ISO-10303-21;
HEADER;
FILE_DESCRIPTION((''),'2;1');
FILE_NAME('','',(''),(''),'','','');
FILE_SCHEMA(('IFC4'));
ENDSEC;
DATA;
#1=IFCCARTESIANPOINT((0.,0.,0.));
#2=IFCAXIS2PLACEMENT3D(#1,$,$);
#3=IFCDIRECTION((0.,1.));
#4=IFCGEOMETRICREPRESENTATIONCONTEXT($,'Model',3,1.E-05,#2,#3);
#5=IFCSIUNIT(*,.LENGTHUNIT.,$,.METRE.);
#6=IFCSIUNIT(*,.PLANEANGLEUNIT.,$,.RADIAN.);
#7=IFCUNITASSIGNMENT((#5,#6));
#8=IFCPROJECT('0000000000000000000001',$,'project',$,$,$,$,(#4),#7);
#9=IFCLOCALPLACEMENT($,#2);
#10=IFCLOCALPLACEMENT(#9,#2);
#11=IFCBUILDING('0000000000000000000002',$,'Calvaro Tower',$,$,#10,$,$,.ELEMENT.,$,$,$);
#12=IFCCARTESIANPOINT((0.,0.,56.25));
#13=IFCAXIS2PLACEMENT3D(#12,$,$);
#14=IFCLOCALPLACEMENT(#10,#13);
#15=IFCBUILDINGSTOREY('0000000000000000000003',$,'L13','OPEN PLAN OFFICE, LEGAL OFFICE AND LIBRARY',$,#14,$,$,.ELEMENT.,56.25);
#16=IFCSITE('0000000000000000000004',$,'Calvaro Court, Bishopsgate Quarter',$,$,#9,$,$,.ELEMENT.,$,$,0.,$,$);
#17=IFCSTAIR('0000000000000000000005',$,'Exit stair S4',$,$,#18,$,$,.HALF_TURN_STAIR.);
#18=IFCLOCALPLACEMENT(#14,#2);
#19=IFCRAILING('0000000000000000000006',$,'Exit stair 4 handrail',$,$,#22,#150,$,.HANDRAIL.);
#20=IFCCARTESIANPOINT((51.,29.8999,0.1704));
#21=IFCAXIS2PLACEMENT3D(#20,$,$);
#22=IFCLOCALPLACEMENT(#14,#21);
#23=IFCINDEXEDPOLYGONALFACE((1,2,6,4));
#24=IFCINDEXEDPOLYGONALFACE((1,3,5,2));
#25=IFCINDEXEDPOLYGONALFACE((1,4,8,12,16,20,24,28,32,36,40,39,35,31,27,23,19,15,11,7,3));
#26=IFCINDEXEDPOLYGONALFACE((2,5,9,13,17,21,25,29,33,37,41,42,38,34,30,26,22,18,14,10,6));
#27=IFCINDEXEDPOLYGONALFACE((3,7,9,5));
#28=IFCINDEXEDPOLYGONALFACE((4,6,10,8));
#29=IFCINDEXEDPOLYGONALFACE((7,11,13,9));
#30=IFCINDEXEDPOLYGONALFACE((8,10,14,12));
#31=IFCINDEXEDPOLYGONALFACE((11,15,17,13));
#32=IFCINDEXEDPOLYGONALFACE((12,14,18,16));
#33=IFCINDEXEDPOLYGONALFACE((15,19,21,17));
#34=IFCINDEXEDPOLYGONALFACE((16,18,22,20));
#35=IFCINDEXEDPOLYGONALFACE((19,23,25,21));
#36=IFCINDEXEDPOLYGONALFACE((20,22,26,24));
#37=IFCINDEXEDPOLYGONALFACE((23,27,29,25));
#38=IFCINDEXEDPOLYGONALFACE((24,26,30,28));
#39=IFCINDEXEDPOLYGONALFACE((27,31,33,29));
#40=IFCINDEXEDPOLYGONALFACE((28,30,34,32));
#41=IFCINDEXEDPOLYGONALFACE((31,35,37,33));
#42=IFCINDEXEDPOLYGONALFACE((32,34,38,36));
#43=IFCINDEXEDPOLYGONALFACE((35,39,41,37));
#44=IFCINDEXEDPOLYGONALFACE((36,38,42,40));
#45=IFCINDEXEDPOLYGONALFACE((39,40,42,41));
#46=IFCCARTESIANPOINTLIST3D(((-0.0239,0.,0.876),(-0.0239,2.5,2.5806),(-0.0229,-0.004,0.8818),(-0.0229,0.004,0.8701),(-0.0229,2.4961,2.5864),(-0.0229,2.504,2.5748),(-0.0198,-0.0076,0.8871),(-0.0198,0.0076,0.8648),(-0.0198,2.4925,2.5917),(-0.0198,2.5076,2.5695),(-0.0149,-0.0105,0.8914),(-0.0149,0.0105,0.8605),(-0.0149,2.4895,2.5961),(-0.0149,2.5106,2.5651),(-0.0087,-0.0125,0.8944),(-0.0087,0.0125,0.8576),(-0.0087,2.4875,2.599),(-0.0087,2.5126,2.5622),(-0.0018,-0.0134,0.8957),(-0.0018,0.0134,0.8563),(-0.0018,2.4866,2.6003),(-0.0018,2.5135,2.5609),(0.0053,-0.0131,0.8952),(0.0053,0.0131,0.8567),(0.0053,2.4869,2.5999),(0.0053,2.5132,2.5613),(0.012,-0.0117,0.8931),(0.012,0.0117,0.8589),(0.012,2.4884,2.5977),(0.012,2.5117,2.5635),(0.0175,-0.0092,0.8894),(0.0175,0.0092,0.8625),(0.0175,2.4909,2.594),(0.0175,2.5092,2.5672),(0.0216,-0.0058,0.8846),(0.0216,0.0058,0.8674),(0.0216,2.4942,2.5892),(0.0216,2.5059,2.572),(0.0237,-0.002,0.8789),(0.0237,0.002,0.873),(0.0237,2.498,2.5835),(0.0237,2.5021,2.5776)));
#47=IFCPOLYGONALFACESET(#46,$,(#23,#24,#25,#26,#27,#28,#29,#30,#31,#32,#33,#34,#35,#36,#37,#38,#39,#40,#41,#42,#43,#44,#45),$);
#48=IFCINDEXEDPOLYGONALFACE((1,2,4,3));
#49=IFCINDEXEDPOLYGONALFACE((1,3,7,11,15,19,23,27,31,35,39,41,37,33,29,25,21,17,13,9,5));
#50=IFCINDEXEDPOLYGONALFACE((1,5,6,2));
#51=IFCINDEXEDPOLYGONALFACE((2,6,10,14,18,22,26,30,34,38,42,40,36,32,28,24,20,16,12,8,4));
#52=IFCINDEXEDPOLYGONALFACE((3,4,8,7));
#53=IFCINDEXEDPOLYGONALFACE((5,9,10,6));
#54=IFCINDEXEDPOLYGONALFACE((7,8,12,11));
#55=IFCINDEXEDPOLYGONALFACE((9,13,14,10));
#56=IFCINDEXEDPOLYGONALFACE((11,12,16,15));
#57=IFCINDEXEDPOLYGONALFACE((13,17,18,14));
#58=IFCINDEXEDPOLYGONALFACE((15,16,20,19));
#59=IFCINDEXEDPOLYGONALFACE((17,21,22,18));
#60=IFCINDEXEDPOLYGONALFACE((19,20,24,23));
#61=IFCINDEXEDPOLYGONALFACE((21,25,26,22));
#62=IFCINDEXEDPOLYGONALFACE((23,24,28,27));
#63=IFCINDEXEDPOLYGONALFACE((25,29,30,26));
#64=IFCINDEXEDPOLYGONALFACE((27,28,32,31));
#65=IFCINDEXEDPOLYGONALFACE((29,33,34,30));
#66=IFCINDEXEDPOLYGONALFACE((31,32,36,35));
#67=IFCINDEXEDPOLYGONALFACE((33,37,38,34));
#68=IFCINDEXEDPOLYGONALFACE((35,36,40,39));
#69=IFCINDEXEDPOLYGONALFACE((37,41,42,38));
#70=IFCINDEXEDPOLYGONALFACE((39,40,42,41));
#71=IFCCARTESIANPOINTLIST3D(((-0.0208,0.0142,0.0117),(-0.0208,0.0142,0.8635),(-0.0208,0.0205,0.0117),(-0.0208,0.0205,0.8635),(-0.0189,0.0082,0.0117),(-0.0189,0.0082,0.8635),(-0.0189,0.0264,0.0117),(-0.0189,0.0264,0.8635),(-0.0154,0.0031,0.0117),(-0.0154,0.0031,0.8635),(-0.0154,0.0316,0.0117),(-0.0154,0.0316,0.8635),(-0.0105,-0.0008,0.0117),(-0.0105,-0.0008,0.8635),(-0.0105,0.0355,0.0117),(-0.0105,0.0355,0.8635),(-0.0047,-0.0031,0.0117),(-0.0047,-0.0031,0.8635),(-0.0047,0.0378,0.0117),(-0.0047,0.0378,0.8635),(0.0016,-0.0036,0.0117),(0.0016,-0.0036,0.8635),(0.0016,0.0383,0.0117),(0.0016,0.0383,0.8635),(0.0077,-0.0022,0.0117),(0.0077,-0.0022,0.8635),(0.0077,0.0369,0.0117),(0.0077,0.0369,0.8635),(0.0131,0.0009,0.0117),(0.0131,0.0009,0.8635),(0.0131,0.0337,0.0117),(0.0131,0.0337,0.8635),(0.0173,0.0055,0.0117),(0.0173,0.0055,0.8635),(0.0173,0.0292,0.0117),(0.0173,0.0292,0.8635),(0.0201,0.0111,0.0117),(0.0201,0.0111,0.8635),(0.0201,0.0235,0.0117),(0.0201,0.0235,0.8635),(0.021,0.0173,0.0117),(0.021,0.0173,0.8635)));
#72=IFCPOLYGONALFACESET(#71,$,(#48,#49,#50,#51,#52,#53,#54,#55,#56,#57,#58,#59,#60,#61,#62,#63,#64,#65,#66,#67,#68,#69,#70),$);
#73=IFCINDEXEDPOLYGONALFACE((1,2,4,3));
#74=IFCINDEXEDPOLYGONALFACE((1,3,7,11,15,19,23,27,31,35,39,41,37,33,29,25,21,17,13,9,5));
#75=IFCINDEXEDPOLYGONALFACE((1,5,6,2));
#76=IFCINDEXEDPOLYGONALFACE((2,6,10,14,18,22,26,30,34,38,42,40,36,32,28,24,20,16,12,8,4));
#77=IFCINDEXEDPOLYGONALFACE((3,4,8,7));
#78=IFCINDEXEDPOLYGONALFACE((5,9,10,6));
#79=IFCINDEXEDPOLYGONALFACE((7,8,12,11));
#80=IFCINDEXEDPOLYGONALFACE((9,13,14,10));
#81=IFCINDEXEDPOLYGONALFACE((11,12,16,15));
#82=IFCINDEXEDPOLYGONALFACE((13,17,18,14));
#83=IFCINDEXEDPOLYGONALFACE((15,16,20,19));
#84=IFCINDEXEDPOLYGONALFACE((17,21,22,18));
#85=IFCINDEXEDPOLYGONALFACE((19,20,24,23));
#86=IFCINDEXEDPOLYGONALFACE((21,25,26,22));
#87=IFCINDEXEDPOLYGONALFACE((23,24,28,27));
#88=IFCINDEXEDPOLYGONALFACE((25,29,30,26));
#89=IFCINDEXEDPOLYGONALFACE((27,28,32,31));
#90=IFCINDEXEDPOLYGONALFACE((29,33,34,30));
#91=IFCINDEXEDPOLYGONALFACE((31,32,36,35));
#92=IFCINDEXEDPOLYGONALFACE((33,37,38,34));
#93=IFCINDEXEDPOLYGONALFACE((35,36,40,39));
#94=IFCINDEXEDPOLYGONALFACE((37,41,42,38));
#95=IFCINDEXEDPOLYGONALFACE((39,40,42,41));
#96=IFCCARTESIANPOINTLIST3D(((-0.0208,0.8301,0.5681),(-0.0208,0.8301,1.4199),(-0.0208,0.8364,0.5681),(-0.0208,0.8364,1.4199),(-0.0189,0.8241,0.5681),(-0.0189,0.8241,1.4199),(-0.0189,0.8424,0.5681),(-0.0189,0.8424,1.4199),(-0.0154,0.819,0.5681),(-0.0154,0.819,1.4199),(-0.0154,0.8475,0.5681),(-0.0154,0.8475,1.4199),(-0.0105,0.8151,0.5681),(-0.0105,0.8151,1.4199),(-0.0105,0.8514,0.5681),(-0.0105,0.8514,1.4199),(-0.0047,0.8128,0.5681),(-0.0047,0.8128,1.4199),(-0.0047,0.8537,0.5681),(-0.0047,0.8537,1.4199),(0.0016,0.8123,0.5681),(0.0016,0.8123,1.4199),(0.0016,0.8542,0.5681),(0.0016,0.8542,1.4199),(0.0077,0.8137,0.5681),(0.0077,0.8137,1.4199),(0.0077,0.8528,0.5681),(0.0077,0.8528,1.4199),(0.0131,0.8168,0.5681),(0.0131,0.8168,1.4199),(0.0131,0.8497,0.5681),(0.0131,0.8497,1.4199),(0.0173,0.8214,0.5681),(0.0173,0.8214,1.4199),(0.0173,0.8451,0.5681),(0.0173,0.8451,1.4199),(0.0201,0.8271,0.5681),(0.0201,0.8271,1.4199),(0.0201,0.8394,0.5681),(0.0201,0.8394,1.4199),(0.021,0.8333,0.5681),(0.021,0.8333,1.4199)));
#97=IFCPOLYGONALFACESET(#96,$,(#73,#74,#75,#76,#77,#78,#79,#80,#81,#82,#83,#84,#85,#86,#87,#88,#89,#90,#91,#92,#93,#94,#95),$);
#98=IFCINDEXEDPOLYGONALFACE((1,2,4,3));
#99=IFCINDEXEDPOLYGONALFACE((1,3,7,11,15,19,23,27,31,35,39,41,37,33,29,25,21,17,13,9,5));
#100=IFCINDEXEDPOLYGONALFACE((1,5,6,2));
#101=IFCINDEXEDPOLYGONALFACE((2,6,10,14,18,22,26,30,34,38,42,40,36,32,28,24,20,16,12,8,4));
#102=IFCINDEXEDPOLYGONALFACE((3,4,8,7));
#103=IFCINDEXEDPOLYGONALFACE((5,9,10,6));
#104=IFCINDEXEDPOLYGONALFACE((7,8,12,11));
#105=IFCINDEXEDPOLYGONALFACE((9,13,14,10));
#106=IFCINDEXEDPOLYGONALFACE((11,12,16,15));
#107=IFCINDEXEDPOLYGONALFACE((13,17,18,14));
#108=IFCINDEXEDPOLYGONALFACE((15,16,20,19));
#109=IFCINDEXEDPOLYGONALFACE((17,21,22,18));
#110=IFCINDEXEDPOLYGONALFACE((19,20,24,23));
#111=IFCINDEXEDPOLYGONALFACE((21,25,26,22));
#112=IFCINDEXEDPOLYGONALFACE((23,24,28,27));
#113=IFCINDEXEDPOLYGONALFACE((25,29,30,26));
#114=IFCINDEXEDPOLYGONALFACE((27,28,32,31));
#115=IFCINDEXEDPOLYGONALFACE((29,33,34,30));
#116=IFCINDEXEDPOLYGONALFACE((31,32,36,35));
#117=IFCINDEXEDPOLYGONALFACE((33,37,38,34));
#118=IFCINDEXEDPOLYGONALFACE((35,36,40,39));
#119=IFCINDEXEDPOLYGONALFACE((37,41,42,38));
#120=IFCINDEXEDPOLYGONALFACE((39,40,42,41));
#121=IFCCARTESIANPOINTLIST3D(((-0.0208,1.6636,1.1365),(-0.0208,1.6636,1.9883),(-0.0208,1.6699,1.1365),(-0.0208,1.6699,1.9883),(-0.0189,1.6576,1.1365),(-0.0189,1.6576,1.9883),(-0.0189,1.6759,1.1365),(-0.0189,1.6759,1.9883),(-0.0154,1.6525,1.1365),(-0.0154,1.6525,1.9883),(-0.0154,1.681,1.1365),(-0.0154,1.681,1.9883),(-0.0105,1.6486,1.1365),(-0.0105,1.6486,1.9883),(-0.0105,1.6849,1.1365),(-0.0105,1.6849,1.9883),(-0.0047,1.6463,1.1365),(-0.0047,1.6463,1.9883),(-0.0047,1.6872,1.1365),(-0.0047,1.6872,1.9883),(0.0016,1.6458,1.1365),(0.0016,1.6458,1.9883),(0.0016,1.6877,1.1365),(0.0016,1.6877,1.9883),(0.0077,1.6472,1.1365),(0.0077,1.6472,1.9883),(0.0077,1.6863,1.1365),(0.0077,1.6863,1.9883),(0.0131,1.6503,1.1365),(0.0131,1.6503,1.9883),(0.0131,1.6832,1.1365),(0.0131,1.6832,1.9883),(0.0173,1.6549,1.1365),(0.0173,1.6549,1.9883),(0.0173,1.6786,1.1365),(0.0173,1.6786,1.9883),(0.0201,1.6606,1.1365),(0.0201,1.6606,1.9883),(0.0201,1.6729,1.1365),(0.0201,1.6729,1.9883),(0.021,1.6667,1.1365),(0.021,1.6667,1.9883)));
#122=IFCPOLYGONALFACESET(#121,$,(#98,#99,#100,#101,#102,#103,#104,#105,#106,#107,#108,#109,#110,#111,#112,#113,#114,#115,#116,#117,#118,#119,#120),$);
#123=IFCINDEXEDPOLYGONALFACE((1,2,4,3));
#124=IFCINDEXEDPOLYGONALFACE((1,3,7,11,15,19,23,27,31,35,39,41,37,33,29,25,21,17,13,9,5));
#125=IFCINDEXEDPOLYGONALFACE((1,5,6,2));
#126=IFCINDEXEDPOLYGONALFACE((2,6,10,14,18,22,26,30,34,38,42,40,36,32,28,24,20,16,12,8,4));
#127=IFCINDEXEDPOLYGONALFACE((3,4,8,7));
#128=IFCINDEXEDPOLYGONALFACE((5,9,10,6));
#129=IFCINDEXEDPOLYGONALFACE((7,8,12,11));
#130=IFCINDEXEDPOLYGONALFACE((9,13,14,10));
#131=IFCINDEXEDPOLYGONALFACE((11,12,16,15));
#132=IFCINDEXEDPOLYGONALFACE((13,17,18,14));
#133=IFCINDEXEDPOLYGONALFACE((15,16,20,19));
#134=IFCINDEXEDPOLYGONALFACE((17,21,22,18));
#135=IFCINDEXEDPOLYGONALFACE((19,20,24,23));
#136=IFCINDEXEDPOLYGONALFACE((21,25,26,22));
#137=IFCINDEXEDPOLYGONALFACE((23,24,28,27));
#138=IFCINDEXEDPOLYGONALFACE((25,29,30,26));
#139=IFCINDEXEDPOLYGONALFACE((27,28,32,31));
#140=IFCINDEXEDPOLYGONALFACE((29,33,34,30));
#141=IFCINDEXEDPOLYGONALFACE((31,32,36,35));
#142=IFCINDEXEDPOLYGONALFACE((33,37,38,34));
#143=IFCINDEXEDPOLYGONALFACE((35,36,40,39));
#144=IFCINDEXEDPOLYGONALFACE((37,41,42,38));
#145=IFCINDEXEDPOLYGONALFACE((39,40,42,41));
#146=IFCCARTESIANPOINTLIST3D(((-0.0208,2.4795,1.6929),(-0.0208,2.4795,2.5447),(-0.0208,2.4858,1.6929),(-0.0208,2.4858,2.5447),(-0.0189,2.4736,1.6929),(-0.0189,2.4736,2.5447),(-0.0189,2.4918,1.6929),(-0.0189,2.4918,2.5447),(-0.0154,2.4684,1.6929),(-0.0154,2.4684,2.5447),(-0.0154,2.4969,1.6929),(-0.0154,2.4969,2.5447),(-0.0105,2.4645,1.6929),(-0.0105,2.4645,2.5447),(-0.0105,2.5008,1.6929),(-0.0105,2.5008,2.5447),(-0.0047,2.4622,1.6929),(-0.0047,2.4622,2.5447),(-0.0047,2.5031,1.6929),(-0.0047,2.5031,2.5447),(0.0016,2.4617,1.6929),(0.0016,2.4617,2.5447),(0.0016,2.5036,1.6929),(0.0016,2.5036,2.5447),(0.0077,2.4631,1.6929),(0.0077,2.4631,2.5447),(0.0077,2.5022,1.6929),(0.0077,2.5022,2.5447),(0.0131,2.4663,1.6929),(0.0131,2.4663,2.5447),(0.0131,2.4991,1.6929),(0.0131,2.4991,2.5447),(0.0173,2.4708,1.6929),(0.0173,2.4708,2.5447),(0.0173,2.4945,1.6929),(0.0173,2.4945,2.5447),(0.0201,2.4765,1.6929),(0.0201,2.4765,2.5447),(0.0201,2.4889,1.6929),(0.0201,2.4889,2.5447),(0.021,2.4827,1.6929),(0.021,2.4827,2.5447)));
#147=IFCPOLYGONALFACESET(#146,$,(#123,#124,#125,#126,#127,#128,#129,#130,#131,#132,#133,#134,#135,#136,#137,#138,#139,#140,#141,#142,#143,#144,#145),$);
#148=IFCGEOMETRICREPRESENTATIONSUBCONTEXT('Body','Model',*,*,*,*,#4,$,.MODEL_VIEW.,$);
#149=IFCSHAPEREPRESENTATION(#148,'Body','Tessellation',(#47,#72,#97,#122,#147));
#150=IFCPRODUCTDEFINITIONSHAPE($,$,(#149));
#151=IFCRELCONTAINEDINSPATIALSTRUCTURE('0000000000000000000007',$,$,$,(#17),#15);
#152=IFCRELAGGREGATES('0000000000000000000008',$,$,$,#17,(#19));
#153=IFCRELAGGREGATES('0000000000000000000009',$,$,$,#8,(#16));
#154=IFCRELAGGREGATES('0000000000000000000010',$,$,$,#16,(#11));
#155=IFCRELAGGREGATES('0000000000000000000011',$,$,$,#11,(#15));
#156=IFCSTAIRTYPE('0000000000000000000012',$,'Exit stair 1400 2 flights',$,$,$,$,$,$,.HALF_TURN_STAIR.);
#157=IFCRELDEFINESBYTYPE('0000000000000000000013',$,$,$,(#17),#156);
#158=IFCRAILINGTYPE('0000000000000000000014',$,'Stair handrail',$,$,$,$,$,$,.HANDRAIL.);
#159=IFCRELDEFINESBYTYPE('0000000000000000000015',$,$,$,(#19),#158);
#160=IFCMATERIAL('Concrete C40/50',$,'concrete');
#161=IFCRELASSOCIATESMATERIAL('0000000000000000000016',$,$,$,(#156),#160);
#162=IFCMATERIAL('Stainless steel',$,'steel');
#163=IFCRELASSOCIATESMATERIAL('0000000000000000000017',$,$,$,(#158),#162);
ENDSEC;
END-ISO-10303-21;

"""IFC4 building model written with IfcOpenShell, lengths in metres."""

from ifc_helpers import new_model, si_unit, direction, frame, origin, origin_2d, place, context, subcontext, project, spatial, circle, extrude, material, type_object, element, aggregate, save


model = new_model("IFC4")

# Units and contexts
model_context = context("Model", 3, precision=1e-05, world=origin(), true_north=direction((0.0, 1.0)))
body_context = subcontext(model_context, "Body", "Model", "MODEL_VIEW")
ifc_project = project(units=[si_unit("LENGTHUNIT", "METRE"), si_unit("PLANEANGLEUNIT", "RADIAN")], contexts=[model_context])

# Site, building, storey
site_placement = place(None, origin())
site = spatial("IfcSite", under=ifc_project, at=site_placement, Name="Calvaro Court, Bishopsgate Quarter", CompositionType="ELEMENT", RefElevation=0.0)
building_placement = place(site_placement, origin())
building = spatial("IfcBuilding", under=site, at=building_placement, Name="Calvaro Tower", CompositionType="ELEMENT")
storey_placement = place(building_placement, frame((0.0, 0.0, 56.25)))
storey = spatial("IfcBuildingStorey", under=building, at=storey_placement, Name="L13", Description="OPEN PLAN OFFICE, LEGAL OFFICE AND LIBRARY", CompositionType="ELEMENT", Elevation=56.25)

# Stair
ifc_material_1 = material(Name="Concrete C40/50", Category="concrete")
stair_type = type_object("IfcStairType", Name="Exit stair 1400 2 flights", PredefinedType="HALF_TURN_STAIR", material=ifc_material_1)
stair_1_placement = place(storey_placement, origin())
stair_1 = element("IfcStair", 1, at=stair_1_placement, inside=storey, type_object=stair_type, Name="Exit stair S4", PredefinedType="HALF_TURN_STAIR")

# Railing
ifc_material_2 = material(Name="Stainless steel", Category="steel")
railing_type = type_object("IfcRailingType", Name="Stair handrail", PredefinedType="HANDRAIL", material=ifc_material_2)
railing_1_placement = place(storey_placement, frame((51.0, 29.8999, 0.1704)))
railing_1 = element("IfcRailing", 2, at=railing_1_placement, type_object=railing_type, Name="Exit stair 4 handrail", PredefinedType="HANDRAIL", context=body_context, shape_type="SweptSolid", body=[
    extrude(circle(Radius=0.0239, at=origin_2d()), frame((0.0, 0.0, 0.876), z_axis=(0.0, 0.826221, 0.563347), x_axis=(-1.0, 0.0, 0.0)), (0.0, 0.0, 1.0), 3.0259),
    extrude(circle(Radius=0.021, at=origin_2d()), frame((0.0, 0.0173, 0.0117)), (0.0, 0.0, 1.0), 0.8518),
    extrude(circle(Radius=0.021, at=origin_2d()), frame((0.0, 0.8333, 0.5681)), (0.0, 0.0, 1.0), 0.8518),
    extrude(circle(Radius=0.021, at=origin_2d()), frame((0.0, 1.6667, 1.1365)), (0.0, 0.0, 1.0), 0.8518),
    extrude(circle(Radius=0.021, at=origin_2d()), frame((0.0, 2.4827, 1.6929)), (0.0, 0.0, 1.0), 0.8518),
])
aggregate(stair_1, [railing_1])

save(model, "model.ifc")
